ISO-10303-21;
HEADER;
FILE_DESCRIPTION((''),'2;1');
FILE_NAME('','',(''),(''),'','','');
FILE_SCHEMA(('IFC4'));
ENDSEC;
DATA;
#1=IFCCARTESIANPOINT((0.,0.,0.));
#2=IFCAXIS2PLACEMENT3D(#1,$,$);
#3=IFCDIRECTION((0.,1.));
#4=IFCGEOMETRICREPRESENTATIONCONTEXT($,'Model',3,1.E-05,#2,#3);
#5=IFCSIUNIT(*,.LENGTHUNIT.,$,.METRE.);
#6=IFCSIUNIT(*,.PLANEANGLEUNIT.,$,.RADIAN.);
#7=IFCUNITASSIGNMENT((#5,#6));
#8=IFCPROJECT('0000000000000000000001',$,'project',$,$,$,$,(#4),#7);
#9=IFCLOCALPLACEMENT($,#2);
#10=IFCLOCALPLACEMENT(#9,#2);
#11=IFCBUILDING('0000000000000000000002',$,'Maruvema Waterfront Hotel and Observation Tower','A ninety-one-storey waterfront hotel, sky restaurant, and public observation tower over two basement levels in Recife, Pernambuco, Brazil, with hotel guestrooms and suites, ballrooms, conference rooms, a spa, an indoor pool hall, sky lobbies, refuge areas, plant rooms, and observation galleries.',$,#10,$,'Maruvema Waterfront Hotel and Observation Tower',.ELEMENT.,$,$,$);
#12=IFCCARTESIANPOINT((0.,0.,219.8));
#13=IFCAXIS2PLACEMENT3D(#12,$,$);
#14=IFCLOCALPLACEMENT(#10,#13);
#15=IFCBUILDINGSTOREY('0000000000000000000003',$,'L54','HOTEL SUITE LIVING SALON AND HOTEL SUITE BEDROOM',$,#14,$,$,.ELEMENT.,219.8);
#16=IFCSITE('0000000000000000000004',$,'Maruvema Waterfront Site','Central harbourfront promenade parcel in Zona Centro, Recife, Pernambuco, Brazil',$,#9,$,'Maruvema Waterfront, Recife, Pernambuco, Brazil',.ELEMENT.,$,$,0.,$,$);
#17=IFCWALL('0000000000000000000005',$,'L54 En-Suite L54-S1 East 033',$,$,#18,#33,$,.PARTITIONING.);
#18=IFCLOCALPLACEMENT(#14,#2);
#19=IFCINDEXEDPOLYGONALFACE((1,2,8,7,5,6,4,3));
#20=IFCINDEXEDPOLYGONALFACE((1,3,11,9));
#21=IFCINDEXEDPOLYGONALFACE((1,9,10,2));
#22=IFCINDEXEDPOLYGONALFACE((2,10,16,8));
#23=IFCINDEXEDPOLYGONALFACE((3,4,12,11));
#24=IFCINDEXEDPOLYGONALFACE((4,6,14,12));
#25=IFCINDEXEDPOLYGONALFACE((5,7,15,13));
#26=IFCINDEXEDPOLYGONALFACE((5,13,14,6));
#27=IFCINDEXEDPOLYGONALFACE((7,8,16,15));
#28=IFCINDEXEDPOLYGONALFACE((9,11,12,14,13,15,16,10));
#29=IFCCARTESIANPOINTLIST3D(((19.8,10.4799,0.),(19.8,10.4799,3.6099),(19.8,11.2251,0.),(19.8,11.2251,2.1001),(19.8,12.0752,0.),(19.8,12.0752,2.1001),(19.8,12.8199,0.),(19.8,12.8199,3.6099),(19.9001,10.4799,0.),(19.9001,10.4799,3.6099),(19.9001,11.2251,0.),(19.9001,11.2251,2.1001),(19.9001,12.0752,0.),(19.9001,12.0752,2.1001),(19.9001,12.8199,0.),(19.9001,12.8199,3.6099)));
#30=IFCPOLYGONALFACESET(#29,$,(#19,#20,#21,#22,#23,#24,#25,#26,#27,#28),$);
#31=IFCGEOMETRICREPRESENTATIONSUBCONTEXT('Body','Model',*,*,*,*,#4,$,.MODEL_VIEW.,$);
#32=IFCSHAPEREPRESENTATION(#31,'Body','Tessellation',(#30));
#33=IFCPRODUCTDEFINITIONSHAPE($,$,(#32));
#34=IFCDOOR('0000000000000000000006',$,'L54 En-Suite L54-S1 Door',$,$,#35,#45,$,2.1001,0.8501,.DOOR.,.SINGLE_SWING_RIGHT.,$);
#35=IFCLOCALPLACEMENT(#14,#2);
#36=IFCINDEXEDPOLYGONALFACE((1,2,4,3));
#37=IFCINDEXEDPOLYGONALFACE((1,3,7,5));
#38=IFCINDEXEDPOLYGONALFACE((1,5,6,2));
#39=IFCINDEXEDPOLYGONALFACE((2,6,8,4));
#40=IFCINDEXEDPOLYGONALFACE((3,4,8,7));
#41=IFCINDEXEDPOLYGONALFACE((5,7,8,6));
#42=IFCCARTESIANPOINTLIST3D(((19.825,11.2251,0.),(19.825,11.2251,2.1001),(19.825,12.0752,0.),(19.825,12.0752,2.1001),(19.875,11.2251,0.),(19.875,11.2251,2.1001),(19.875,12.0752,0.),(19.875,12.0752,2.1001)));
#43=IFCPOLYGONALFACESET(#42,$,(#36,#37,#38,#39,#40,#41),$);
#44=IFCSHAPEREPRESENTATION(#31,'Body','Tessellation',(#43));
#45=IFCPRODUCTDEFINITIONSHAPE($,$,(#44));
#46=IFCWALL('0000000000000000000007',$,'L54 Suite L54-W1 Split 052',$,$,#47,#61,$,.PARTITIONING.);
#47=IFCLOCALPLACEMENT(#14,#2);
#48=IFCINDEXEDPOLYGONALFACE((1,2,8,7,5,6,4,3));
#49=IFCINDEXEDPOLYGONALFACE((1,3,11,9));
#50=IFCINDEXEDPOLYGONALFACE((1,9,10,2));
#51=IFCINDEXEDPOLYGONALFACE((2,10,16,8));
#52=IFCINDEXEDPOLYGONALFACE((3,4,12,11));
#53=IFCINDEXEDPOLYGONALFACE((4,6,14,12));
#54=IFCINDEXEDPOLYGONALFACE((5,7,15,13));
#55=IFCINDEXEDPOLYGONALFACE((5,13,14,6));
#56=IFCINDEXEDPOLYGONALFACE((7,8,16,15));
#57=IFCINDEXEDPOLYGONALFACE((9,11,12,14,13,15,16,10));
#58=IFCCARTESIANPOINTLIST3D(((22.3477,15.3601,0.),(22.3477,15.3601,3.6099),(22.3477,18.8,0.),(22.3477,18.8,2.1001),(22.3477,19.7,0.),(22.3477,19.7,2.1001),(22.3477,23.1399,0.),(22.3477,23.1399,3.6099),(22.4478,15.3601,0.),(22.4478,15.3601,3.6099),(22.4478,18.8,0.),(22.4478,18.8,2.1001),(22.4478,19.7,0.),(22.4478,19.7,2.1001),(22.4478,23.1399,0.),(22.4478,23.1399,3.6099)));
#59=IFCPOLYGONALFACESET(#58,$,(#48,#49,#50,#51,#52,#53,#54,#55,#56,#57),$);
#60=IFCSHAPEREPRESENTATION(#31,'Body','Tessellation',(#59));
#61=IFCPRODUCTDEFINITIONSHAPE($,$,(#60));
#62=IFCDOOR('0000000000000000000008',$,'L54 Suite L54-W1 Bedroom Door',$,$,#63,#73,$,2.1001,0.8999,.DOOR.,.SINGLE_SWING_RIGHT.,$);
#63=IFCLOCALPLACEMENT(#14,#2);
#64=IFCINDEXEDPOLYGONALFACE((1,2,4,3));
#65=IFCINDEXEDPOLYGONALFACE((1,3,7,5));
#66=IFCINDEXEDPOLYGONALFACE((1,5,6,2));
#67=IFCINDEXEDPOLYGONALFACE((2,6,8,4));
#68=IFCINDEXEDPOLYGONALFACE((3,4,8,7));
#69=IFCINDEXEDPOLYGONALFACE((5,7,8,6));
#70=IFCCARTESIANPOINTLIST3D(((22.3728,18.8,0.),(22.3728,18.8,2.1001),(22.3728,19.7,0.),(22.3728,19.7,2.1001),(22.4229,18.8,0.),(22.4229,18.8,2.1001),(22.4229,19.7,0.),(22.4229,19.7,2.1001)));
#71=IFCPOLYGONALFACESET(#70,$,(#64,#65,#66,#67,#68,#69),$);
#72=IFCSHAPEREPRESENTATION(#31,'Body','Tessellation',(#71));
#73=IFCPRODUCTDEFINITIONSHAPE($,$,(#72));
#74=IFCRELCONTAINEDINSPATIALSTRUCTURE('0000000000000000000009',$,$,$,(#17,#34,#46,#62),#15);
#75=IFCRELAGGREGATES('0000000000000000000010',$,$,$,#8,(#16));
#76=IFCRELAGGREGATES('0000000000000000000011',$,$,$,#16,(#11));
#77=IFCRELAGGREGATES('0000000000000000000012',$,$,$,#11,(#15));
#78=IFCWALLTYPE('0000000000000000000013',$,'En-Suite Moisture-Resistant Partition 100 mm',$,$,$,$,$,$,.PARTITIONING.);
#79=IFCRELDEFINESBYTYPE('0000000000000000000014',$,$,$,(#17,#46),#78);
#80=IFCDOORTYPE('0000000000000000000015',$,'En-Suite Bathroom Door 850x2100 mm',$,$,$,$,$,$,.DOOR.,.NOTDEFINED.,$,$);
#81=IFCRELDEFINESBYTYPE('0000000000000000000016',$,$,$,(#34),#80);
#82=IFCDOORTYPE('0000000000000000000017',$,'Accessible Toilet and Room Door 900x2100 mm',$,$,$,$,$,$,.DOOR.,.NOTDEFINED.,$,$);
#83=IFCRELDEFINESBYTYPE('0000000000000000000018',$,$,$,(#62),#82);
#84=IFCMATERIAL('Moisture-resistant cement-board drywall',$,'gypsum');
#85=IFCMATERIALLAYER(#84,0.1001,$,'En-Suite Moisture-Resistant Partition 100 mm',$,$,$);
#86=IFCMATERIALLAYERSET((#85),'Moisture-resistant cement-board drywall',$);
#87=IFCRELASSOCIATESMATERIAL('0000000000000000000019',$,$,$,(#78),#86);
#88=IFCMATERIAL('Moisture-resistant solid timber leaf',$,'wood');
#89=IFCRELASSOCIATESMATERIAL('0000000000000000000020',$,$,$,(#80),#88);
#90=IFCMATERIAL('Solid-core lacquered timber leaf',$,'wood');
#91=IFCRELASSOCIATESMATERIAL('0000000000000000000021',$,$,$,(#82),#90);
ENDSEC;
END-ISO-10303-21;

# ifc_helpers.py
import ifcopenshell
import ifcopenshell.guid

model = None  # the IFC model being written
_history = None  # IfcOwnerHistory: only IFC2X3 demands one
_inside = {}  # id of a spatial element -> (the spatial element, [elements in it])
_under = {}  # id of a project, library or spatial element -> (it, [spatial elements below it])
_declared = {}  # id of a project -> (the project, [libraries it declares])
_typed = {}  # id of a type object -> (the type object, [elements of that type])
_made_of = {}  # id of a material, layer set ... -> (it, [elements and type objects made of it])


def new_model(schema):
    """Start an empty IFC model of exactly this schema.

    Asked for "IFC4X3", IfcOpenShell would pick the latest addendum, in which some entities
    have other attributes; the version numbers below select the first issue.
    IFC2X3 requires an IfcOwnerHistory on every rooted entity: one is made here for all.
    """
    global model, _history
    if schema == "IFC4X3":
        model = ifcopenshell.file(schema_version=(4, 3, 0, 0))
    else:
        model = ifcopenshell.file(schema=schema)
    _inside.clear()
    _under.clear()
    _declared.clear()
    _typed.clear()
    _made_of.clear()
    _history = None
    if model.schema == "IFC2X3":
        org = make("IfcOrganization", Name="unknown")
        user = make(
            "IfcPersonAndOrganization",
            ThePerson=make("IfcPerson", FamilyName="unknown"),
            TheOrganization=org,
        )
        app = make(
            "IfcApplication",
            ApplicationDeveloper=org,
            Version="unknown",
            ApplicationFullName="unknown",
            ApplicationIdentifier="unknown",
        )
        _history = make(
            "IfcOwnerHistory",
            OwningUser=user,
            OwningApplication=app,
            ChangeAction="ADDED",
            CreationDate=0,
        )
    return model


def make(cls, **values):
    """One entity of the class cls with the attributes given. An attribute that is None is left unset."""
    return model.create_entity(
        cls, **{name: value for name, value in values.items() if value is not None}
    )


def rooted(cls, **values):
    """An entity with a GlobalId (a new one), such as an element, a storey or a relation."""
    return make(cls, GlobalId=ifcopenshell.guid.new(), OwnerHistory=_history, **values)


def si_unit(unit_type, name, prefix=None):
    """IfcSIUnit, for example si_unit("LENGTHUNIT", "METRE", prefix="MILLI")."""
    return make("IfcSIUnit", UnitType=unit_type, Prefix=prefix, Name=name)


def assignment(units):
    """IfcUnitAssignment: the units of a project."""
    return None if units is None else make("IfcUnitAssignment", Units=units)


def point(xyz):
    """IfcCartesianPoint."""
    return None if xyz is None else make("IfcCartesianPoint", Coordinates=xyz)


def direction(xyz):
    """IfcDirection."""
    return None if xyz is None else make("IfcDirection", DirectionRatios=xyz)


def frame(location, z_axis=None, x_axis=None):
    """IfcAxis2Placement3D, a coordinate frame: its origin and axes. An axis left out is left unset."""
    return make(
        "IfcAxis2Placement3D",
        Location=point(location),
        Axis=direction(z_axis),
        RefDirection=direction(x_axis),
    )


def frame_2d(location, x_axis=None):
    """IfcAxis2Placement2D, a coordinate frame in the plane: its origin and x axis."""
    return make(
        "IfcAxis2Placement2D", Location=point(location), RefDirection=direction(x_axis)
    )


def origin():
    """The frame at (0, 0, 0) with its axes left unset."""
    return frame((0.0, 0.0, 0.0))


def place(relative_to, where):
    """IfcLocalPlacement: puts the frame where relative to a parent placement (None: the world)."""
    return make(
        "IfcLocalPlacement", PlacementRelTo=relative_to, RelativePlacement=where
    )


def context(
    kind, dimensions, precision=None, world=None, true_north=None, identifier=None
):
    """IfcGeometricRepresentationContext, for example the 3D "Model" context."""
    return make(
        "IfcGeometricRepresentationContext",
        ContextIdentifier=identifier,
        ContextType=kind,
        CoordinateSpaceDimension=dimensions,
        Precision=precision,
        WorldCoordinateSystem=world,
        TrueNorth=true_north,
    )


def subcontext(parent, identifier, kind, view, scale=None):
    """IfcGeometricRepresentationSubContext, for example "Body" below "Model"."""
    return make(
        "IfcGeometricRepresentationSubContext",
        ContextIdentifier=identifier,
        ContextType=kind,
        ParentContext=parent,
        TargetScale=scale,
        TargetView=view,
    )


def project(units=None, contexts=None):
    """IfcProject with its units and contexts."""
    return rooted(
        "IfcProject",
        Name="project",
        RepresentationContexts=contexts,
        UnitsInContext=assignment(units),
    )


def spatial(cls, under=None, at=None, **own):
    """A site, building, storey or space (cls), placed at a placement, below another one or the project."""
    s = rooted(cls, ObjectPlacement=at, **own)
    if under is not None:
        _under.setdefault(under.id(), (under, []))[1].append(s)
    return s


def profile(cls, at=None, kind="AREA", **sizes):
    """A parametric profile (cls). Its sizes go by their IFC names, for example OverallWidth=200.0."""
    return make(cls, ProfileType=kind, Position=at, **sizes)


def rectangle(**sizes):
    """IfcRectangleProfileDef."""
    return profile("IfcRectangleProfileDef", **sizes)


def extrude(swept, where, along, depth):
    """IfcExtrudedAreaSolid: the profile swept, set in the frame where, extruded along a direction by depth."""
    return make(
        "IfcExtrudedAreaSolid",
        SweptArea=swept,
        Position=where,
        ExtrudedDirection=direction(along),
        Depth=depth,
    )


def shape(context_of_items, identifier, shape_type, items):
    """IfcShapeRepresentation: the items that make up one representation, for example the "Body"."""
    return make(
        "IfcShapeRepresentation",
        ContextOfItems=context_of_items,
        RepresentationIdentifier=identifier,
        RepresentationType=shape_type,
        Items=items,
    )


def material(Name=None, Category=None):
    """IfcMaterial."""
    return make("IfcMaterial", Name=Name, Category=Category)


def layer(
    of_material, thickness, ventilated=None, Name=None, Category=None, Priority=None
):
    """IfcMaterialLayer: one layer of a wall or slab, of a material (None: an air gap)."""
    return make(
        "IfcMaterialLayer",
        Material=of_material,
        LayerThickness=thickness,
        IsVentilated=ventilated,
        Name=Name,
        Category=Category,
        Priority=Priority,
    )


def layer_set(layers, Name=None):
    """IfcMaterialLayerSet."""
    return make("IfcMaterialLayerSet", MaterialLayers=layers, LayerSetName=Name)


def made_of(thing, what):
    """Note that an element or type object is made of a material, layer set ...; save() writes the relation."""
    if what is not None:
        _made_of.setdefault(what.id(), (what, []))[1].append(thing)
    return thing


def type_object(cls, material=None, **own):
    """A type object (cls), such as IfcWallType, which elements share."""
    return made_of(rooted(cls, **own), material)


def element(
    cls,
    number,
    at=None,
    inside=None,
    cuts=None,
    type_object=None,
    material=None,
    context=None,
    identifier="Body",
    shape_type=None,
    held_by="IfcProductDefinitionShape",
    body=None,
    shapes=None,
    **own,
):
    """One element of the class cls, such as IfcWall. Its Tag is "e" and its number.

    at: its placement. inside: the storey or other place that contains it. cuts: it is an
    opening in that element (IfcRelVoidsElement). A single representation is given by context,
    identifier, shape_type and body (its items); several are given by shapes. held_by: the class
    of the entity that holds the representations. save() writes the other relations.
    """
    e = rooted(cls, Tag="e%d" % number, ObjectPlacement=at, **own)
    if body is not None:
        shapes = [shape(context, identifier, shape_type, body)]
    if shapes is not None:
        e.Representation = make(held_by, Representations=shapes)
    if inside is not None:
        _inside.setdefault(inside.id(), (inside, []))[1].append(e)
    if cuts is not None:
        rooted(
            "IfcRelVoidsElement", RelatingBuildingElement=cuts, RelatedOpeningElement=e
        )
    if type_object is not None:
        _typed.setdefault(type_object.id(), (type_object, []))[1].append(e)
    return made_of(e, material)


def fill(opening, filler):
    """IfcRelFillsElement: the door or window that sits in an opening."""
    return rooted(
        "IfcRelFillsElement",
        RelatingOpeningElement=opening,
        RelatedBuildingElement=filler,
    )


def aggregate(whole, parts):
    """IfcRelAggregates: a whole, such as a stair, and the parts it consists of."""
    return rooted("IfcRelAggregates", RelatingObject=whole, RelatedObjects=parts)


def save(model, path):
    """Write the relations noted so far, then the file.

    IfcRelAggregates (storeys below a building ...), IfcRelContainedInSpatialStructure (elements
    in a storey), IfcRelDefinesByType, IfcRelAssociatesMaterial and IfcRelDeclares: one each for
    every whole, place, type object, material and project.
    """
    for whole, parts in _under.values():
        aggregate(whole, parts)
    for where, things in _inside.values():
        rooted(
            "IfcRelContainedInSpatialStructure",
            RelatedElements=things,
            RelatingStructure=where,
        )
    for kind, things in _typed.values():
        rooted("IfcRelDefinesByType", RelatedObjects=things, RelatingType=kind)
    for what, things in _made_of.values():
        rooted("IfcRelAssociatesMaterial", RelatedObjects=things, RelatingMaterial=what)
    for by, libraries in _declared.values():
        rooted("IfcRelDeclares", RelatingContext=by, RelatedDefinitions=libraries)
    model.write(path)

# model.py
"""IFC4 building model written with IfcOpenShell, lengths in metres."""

from ifc_helpers import new_model, si_unit, direction, frame, frame_2d, origin, place, context, subcontext, project, spatial, rectangle, extrude, material, layer, layer_set, type_object, element, fill, save


model = new_model("IFC4")

# Units and contexts
model_context = context("Model", 3, precision=1e-05, world=origin(), true_north=direction((0.0, 1.0)))
body_context = subcontext(model_context, "Body", "Model", "MODEL_VIEW")
ifc_project = project(units=[si_unit("LENGTHUNIT", "METRE"), si_unit("PLANEANGLEUNIT", "RADIAN")], contexts=[model_context])

# Site, building, storey
site_placement = place(None, origin())
site = spatial("IfcSite", under=ifc_project, at=site_placement, Name="Maruvema Waterfront Site", Description="Central harbourfront promenade parcel in Zona Centro, Recife, Pernambuco, Brazil", LongName="Maruvema Waterfront, Recife, Pernambuco, Brazil", CompositionType="ELEMENT", RefElevation=0.0)
building_placement = place(site_placement, origin())
building = spatial("IfcBuilding", under=site, at=building_placement, Name="Maruvema Waterfront Hotel and Observation Tower", Description="A ninety-one-storey waterfront hotel, sky restaurant, and public observation tower over two basement levels in Recife, Pernambuco, Brazil, with hotel guestrooms and suites, ballrooms, conference rooms, a spa, an indoor pool hall, sky lobbies, refuge areas, plant rooms, and observation galleries.", LongName="Maruvema Waterfront Hotel and Observation Tower", CompositionType="ELEMENT")
storey_placement = place(building_placement, frame((0.0, 0.0, 219.8)))
storey = spatial("IfcBuildingStorey", under=building, at=storey_placement, Name="L54", Description="HOTEL SUITE LIVING SALON AND HOTEL SUITE BEDROOM", CompositionType="ELEMENT", Elevation=219.8)

# Walls, openings, doors
ifc_material_1 = material(Name="Moisture-resistant cement-board drywall", Category="gypsum")
ifc_layer_1 = layer(ifc_material_1, 0.1001, Name="En-Suite Moisture-Resistant Partition 100 mm")
ifc_layer_set_1 = layer_set([ifc_layer_1], Name="Moisture-resistant cement-board drywall")
wall_type_1 = type_object("IfcWallType", Name="En-Suite Moisture-Resistant Partition 100 mm", PredefinedType="PARTITIONING", material=ifc_layer_set_1)
wall_1_placement = place(storey_placement, frame((19.8501, 10.48, 0.0), z_axis=(0.0, 0.0, 1.0), x_axis=(0.0, 1.0, 0.0)))
wall_1 = element("IfcWall", 1, at=wall_1_placement, inside=storey, type_object=wall_type_1, Name="L54 En-Suite L54-S1 East 033", PredefinedType="PARTITIONING", context=body_context, shape_type="SweptSolid", body=[
    extrude(rectangle(XDim=2.3401, YDim=0.1001, at=frame_2d((1.1699, 0.0))), origin(), (0.0, 0.0, 1.0), 3.6099),
])
opening_1_placement = place(wall_1_placement, frame((0.7451, 0.0, 0.0)))
opening_1 = element("IfcOpeningElement", 2, at=opening_1_placement, cuts=wall_1, PredefinedType="OPENING", context=body_context, shape_type="SweptSolid", body=[
    extrude(rectangle(XDim=0.8501, YDim=2.1001, at=frame_2d((0.425, 1.05))), frame((0.0, 0.0601, 0.0), z_axis=(0.0, -1.0, 0.0), x_axis=(1.0, 0.0, 0.0)), (0.0, 0.0, 1.0), 0.1201),
])
ifc_material_2 = material(Name="Moisture-resistant solid timber leaf", Category="wood")
door_type_1 = type_object("IfcDoorType", Name="En-Suite Bathroom Door 850x2100 mm", OperationType="NOTDEFINED", PredefinedType="DOOR", material=ifc_material_2)
door_1_placement = place(opening_1_placement, frame((0.8501, 0.0, 0.0), z_axis=(0.0, 0.0, 1.0), x_axis=(-1.0, 0.0, 0.0)))
door_1 = element("IfcDoor", 3, at=door_1_placement, inside=storey, type_object=door_type_1, Name="L54 En-Suite L54-S1 Door", OperationType="SINGLE_SWING_RIGHT", OverallHeight=2.1001, OverallWidth=0.8501, PredefinedType="DOOR", context=body_context, shape_type="SweptSolid", body=[
    extrude(rectangle(XDim=0.8501, YDim=2.1001, at=frame_2d((0.425, 1.05))), frame((0.0, 0.0249, 0.0), z_axis=(0.0, -1.0, 0.0), x_axis=(1.0, 0.0, 0.0)), (0.0, 0.0, 1.0), 0.05),
])
fill(opening_1, door_1)
wall_2_placement = place(storey_placement, frame((22.3977, 15.3601, 0.0), z_axis=(0.0, 0.0, 1.0), x_axis=(0.0, 1.0, 0.0)))
wall_2 = element("IfcWall", 4, at=wall_2_placement, inside=storey, type_object=wall_type_1, Name="L54 Suite L54-W1 Split 052", PredefinedType="PARTITIONING", context=body_context, shape_type="SweptSolid", body=[
    extrude(rectangle(XDim=7.7798, YDim=0.1001, at=frame_2d((3.8899, 0.0))), origin(), (0.0, 0.0, 1.0), 3.6099),
])
opening_2_placement = place(wall_2_placement, frame((3.4399, 0.0, 0.0)))
opening_2 = element("IfcOpeningElement", 5, at=opening_2_placement, cuts=wall_2, PredefinedType="OPENING", context=body_context, shape_type="SweptSolid", body=[
    extrude(rectangle(XDim=0.8999, YDim=2.1001, at=frame_2d((0.45, 1.05))), frame((0.0, 0.0601, 0.0), z_axis=(0.0, -1.0, 0.0), x_axis=(1.0, 0.0, 0.0)), (0.0, 0.0, 1.0), 0.1201),
])
ifc_material_3 = material(Name="Solid-core lacquered timber leaf", Category="wood")
door_type_2 = type_object("IfcDoorType", Name="Accessible Toilet and Room Door 900x2100 mm", OperationType="NOTDEFINED", PredefinedType="DOOR", material=ifc_material_3)
door_2_placement = place(opening_2_placement, origin())
door_2 = element("IfcDoor", 6, at=door_2_placement, inside=storey, type_object=door_type_2, Name="L54 Suite L54-W1 Bedroom Door", OperationType="SINGLE_SWING_RIGHT", OverallHeight=2.1001, OverallWidth=0.8999, PredefinedType="DOOR", context=body_context, shape_type="SweptSolid", body=[
    extrude(rectangle(XDim=0.8999, YDim=2.1001, at=frame_2d((0.45, 1.05))), frame((0.0, 0.0249, 0.0), z_axis=(0.0, -1.0, 0.0), x_axis=(1.0, 0.0, 0.0)), (0.0, 0.0, 1.0), 0.05),
])
fill(opening_2, door_2)

save(model, "model.ifc")
